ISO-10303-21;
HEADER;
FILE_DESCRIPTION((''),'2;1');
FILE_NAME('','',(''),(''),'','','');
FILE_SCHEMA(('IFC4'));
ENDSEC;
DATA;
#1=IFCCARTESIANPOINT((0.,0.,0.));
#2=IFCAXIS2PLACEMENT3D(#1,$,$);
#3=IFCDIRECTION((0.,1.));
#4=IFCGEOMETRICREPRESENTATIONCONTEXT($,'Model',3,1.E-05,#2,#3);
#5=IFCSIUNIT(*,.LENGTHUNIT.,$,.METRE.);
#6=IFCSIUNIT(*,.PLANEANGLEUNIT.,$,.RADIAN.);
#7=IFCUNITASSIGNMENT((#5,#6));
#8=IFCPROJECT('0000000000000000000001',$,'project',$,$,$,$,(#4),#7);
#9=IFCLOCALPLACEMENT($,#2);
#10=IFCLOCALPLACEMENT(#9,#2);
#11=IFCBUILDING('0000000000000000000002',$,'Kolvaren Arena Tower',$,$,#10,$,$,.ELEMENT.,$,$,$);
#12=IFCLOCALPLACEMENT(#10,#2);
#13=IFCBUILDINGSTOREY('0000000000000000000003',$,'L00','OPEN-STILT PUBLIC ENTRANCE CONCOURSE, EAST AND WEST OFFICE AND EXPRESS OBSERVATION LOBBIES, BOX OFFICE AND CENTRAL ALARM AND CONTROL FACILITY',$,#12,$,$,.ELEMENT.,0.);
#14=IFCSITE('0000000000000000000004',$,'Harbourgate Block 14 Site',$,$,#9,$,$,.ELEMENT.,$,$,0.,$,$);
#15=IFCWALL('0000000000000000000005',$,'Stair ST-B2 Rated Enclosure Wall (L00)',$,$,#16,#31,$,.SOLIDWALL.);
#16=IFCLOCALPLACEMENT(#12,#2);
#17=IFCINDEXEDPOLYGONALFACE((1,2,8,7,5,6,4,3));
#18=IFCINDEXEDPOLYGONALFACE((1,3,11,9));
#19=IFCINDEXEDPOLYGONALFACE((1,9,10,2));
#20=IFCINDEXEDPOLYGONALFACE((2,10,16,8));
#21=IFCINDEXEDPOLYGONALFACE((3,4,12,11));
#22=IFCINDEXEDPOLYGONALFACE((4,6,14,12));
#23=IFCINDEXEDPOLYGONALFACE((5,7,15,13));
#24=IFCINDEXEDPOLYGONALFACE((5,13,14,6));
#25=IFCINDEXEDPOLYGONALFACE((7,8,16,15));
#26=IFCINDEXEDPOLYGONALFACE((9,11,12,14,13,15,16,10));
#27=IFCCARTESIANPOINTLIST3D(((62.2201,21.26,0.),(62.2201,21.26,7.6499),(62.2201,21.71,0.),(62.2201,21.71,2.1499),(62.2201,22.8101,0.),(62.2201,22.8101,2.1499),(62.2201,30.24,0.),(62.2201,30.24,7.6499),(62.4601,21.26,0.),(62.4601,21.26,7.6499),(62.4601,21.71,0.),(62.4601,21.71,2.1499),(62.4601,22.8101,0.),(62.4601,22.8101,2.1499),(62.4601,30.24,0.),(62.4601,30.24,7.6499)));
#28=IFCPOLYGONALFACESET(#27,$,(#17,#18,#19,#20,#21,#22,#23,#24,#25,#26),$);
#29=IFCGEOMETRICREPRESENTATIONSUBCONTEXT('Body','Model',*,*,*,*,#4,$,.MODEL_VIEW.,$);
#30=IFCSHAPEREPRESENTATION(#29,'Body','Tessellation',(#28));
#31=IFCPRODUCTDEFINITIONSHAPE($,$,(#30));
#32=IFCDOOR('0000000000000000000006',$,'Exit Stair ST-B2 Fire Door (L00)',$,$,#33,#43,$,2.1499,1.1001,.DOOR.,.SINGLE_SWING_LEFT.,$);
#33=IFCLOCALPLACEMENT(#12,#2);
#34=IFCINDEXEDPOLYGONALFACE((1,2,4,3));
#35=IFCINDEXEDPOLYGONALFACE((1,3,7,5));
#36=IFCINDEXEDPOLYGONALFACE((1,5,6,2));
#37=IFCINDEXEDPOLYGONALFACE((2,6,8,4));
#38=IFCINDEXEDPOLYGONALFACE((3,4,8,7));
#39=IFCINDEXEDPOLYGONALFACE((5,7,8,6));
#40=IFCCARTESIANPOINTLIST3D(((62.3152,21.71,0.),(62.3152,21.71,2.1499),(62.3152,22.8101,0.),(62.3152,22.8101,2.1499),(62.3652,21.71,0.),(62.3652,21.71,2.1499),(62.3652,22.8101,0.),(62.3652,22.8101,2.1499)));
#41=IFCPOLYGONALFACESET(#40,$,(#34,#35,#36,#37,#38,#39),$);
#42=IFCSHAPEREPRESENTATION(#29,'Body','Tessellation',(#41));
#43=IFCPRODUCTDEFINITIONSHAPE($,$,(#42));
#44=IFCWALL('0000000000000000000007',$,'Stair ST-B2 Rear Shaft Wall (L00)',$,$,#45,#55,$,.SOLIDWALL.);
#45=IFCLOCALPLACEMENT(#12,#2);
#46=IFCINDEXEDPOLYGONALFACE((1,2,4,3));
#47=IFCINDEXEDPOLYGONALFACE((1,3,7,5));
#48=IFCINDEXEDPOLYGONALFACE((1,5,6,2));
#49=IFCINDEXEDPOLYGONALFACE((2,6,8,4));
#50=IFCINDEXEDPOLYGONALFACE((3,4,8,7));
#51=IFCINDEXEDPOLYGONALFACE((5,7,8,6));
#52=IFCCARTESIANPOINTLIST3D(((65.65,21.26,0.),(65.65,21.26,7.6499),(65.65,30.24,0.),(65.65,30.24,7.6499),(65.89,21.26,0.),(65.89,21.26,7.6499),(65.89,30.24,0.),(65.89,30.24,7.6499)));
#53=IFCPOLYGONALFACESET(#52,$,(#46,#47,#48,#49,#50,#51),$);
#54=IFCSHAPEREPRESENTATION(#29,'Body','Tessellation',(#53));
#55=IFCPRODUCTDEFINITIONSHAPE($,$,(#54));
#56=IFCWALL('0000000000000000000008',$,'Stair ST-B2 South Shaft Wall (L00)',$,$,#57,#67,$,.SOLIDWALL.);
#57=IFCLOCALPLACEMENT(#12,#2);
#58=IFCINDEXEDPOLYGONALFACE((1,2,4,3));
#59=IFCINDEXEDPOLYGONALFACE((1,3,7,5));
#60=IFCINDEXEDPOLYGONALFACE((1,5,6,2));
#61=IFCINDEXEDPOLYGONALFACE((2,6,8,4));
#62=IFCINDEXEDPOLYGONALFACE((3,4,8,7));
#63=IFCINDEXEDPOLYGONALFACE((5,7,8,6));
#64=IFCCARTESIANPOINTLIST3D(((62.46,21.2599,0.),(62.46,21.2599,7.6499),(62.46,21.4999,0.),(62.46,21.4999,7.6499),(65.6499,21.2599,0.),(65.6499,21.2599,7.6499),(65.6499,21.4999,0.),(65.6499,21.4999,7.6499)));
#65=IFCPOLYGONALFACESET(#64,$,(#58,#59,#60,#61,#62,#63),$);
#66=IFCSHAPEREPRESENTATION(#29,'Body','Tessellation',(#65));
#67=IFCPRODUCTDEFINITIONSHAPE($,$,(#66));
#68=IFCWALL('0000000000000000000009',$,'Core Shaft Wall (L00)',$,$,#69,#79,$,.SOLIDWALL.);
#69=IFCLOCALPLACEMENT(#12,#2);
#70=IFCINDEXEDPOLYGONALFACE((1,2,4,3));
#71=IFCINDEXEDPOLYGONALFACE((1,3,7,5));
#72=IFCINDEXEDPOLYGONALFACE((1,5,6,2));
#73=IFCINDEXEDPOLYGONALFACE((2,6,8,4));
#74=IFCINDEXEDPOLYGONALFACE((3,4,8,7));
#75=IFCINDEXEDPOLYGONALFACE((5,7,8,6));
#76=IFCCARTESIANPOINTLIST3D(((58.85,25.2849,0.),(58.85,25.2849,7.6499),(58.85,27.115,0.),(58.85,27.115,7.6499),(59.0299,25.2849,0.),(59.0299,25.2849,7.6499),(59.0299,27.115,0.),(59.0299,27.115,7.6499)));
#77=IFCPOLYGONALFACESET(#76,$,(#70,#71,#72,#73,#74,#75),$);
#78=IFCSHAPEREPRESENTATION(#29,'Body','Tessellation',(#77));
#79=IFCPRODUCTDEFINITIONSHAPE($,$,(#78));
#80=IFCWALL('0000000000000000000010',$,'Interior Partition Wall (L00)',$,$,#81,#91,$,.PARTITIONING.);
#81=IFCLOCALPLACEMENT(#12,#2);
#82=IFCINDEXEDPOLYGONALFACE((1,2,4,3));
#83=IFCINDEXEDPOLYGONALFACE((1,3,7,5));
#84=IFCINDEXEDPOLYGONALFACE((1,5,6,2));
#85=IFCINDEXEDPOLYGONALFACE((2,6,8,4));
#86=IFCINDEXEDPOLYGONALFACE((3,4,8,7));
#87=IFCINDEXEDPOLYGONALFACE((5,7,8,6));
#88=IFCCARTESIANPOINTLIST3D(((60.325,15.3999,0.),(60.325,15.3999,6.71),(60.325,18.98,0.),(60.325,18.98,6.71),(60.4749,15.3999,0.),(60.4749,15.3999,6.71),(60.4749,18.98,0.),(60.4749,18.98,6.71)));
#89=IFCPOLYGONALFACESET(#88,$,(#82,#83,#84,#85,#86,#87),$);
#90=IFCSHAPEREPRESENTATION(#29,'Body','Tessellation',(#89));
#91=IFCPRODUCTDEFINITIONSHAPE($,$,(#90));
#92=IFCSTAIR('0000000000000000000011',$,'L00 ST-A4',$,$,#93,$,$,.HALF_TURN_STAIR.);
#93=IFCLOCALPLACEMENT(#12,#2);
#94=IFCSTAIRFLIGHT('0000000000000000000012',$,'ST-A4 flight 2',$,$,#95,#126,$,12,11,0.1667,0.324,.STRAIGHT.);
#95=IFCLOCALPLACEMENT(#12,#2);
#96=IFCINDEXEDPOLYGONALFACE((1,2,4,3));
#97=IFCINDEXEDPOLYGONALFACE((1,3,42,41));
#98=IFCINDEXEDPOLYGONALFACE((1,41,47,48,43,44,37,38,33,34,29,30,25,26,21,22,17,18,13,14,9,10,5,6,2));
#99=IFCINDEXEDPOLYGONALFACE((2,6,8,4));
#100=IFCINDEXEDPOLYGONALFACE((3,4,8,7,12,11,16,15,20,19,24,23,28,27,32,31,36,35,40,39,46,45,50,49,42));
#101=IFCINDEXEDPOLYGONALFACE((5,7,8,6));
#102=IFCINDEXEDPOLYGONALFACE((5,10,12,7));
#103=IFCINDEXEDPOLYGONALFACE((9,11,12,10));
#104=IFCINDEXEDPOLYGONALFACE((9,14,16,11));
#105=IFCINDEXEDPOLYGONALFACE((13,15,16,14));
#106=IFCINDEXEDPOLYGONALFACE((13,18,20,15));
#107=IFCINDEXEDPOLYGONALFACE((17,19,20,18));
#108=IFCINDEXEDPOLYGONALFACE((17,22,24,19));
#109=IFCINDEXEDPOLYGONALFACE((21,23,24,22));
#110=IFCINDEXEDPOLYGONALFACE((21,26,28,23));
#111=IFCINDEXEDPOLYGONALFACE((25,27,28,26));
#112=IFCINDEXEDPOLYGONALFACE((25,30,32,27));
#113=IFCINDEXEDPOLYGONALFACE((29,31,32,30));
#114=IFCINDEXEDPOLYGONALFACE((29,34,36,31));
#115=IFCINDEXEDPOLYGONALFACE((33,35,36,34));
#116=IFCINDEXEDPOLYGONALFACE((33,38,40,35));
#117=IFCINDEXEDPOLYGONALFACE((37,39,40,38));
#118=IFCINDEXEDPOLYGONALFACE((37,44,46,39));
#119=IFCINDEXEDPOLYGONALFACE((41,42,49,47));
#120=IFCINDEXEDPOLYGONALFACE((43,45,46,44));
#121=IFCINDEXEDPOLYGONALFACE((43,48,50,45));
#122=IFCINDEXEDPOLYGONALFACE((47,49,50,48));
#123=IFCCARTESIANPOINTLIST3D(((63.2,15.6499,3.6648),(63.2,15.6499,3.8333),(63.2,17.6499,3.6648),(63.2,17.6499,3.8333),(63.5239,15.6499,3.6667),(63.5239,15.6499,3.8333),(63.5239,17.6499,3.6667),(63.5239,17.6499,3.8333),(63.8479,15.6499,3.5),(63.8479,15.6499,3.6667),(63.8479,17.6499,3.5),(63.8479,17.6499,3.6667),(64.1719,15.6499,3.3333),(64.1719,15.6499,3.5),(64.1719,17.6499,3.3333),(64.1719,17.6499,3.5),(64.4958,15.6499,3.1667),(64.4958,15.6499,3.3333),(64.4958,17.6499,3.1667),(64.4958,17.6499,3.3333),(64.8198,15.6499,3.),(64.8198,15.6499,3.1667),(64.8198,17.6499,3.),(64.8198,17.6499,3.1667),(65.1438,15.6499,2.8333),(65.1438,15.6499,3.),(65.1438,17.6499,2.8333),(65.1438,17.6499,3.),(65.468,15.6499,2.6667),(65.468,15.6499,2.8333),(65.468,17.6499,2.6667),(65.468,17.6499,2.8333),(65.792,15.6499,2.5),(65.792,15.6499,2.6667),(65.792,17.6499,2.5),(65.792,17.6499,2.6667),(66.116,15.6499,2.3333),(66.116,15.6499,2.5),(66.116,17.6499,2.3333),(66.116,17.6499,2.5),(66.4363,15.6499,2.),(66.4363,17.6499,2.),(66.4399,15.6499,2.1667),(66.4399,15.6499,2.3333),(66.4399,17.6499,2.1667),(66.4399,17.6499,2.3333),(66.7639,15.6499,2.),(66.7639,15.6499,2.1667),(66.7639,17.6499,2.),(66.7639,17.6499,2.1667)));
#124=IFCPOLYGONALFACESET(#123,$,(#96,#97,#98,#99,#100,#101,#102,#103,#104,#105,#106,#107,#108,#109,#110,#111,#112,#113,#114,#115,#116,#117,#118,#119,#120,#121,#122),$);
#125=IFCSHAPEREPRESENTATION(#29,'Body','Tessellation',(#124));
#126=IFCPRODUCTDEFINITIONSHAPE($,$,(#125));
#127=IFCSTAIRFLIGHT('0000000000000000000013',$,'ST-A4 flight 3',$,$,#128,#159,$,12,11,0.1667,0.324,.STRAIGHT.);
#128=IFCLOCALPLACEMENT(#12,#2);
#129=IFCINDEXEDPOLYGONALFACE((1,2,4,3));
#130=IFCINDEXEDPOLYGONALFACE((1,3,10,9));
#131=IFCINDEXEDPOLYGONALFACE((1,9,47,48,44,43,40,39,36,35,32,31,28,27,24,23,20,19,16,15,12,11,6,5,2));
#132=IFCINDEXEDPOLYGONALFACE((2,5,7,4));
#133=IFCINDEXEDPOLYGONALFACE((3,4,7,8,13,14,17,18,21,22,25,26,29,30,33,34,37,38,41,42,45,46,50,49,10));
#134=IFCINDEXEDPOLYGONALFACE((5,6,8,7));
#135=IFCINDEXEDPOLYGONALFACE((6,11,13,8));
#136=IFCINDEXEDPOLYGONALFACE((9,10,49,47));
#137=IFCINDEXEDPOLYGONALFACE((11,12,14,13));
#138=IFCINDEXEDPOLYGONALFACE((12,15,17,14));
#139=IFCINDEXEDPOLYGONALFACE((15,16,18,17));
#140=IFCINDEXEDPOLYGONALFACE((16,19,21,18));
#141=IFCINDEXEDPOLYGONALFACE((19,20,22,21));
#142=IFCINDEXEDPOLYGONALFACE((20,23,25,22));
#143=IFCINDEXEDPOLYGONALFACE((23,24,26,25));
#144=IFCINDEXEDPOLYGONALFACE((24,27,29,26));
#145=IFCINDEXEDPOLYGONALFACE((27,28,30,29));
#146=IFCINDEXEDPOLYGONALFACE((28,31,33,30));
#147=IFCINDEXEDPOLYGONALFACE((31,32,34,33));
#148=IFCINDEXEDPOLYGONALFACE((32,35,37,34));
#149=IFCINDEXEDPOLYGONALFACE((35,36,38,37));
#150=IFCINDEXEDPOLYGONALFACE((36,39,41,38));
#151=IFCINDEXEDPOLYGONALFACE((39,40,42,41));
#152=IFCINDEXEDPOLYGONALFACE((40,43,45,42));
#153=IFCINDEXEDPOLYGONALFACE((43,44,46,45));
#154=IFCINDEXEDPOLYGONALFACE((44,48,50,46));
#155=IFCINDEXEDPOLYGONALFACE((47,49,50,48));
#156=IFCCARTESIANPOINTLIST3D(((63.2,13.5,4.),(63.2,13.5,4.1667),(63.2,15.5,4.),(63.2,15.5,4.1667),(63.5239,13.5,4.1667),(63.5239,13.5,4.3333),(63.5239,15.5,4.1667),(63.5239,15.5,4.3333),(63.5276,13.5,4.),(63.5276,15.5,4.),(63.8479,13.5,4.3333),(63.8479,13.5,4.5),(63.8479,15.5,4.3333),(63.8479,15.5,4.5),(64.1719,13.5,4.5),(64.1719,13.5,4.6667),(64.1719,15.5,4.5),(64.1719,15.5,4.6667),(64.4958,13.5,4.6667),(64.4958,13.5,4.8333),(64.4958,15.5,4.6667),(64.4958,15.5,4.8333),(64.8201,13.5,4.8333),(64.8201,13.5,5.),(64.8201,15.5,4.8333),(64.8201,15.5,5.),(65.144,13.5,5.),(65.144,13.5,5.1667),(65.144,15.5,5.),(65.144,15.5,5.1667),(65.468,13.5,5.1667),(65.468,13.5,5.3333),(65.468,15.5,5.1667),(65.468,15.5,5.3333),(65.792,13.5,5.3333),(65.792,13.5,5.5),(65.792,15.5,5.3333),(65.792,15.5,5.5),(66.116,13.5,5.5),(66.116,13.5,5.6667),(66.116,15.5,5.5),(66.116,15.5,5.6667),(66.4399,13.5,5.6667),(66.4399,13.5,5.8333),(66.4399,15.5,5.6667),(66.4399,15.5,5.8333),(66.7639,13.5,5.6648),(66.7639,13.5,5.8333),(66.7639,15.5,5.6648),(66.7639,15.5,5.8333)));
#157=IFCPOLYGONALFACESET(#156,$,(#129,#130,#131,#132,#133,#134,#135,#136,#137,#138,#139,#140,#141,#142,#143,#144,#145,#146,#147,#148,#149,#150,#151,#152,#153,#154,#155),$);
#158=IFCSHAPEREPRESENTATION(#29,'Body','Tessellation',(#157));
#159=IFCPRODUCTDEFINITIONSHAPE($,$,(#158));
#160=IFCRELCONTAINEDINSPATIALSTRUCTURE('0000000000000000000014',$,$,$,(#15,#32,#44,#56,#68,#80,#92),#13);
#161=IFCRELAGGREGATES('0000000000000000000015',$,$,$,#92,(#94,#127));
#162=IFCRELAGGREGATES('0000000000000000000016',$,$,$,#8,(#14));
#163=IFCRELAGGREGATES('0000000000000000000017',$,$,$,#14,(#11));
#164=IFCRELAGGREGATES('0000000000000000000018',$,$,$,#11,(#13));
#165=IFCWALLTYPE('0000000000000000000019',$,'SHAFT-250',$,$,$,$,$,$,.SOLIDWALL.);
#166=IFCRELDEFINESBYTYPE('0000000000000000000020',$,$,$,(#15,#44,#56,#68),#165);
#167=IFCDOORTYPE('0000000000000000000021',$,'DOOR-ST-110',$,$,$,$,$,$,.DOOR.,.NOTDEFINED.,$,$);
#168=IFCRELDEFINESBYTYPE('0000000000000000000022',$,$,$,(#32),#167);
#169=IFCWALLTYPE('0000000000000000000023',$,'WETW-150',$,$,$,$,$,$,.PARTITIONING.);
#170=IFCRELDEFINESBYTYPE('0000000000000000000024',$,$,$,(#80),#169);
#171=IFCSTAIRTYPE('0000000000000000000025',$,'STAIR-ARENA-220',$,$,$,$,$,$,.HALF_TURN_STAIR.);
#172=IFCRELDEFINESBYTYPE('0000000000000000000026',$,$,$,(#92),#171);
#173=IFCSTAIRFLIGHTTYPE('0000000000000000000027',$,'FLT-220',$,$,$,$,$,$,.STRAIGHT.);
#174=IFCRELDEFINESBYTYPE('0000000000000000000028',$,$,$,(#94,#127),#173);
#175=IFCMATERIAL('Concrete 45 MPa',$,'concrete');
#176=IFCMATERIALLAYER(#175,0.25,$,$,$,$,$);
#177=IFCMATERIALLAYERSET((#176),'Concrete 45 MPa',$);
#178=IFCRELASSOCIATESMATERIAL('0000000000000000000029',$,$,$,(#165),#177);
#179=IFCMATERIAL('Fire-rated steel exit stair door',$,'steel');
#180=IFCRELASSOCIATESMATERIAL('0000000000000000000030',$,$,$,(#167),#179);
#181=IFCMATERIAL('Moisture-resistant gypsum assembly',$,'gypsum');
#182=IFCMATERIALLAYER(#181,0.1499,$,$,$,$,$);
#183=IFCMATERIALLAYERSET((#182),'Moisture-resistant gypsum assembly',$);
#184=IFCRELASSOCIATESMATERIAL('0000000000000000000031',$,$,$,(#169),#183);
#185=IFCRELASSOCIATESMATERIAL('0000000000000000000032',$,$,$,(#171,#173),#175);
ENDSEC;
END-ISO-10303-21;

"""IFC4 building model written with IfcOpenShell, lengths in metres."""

from ifc_helpers import new_model, si_unit, direction, frame, frame_2d, origin, place, context, subcontext, project, spatial, polyline, rectangle, outline, extrude, material, layer, layer_set, type_object, element, fill, aggregate, save


model = new_model("IFC4")

# Units and contexts
model_context = context("Model", 3, precision=1e-05, world=origin(), true_north=direction((0.0, 1.0)))
body_context = subcontext(model_context, "Body", "Model", "MODEL_VIEW")
ifc_project = project(units=[si_unit("LENGTHUNIT", "METRE"), si_unit("PLANEANGLEUNIT", "RADIAN")], contexts=[model_context])

# Site, building, storey
site_placement = place(None, origin())
site = spatial("IfcSite", under=ifc_project, at=site_placement, Name="Harbourgate Block 14 Site", CompositionType="ELEMENT", RefElevation=0.0)
building_placement = place(site_placement, origin())
building = spatial("IfcBuilding", under=site, at=building_placement, Name="Kolvaren Arena Tower", CompositionType="ELEMENT")
storey_placement = place(building_placement, origin())
storey = spatial("IfcBuildingStorey", under=building, at=storey_placement, Name="L00", Description="OPEN-STILT PUBLIC ENTRANCE CONCOURSE, EAST AND WEST OFFICE AND EXPRESS OBSERVATION LOBBIES, BOX OFFICE AND CENTRAL ALARM AND CONTROL FACILITY", CompositionType="ELEMENT", Elevation=0.0)

# Wall, opening, door
ifc_material_1 = material(Name="Concrete 45 MPa", Category="concrete")
ifc_layer_1 = layer(ifc_material_1, 0.25)
ifc_layer_set_1 = layer_set([ifc_layer_1], Name="Concrete 45 MPa")
wall_type_1 = type_object("IfcWallType", Name="SHAFT-250", PredefinedType="SOLIDWALL", material=ifc_layer_set_1)
ifc_material_2 = material(Name="Fire-rated steel exit stair door", Category="steel")
door_type = type_object("IfcDoorType", Name="DOOR-ST-110", OperationType="NOTDEFINED", PredefinedType="DOOR", material=ifc_material_2)
wall_1_placement = place(storey_placement, frame((62.3401, 21.26, 0.0), z_axis=(0.0, 0.0, 1.0), x_axis=(0.0, 1.0, 0.0)))
wall_1 = element("IfcWall", 1, at=wall_1_placement, inside=storey, type_object=wall_type_1, Name="Stair ST-B2 Rated Enclosure Wall (L00)", PredefinedType="SOLIDWALL", context=body_context, shape_type="SweptSolid", body=[
    extrude(rectangle(XDim=8.98, YDim=0.24, at=frame_2d((4.49, 0.0))), origin(), (0.0, 0.0, 1.0), 7.6499),
])
opening_1_placement = place(wall_1_placement, frame((0.45, 0.0, 0.0)))
opening_1 = element("IfcOpeningElement", 2, at=opening_1_placement, cuts=wall_1, PredefinedType="OPENING", context=body_context, shape_type="SweptSolid", body=[
    extrude(rectangle(XDim=1.1001, YDim=2.1499, at=frame_2d((0.55, 1.075))), frame((0.0, 0.1299, 0.0), z_axis=(0.0, -1.0, 0.0), x_axis=(1.0, 0.0, 0.0)), (0.0, 0.0, 1.0), 0.26),
])
door_1_placement = place(opening_1_placement, origin())
door_1 = element("IfcDoor", 3, at=door_1_placement, inside=storey, type_object=door_type, Name="Exit Stair ST-B2 Fire Door (L00)", OperationType="SINGLE_SWING_LEFT", OverallHeight=2.1499, OverallWidth=1.1001, PredefinedType="DOOR", context=body_context, shape_type="SweptSolid", body=[
    extrude(rectangle(XDim=1.1001, YDim=2.1499, at=frame_2d((0.55, 1.075))), frame((0.0, 0.0249, 0.0), z_axis=(0.0, -1.0, 0.0), x_axis=(1.0, 0.0, 0.0)), (0.0, 0.0, 1.0), 0.05),
])
fill(opening_1, door_1)

# Walls
wall_2_placement = place(storey_placement, frame((65.77, 21.26, 0.0), z_axis=(0.0, 0.0, 1.0), x_axis=(0.0, 1.0, 0.0)))
element("IfcWall", 4, at=wall_2_placement, inside=storey, type_object=wall_type_1, Name="Stair ST-B2 Rear Shaft Wall (L00)", PredefinedType="SOLIDWALL", context=body_context, shape_type="SweptSolid", body=[
    extrude(rectangle(XDim=8.98, YDim=0.24, at=frame_2d((4.49, 0.0))), origin(), (0.0, 0.0, 1.0), 7.6499),
])
wall_3_placement = place(storey_placement, frame((62.46, 21.3799, 0.0), z_axis=(0.0, 0.0, 1.0), x_axis=(1.0, 0.0, 0.0)))
element("IfcWall", 5, at=wall_3_placement, inside=storey, type_object=wall_type_1, Name="Stair ST-B2 South Shaft Wall (L00)", PredefinedType="SOLIDWALL", context=body_context, shape_type="SweptSolid", body=[
    extrude(rectangle(XDim=3.1899, YDim=0.24, at=frame_2d((1.595, 0.0))), origin(), (0.0, 0.0, 1.0), 7.6499),
])
wall_4_placement = place(storey_placement, frame((58.9399, 25.2849, 0.0), z_axis=(0.0, 0.0, 1.0), x_axis=(0.0, 1.0, 0.0)))
element("IfcWall", 6, at=wall_4_placement, inside=storey, type_object=wall_type_1, Name="Core Shaft Wall (L00)", PredefinedType="SOLIDWALL", context=body_context, shape_type="SweptSolid", body=[
    extrude(rectangle(XDim=1.8301, YDim=0.1799, at=frame_2d((0.915, 0.0))), origin(), (0.0, 0.0, 1.0), 7.6499),
])
ifc_material_3 = material(Name="Moisture-resistant gypsum assembly", Category="gypsum")
ifc_layer_2 = layer(ifc_material_3, 0.1499)
ifc_layer_set_2 = layer_set([ifc_layer_2], Name="Moisture-resistant gypsum assembly")
wall_type_2 = type_object("IfcWallType", Name="WETW-150", PredefinedType="PARTITIONING", material=ifc_layer_set_2)
wall_5_placement = place(storey_placement, frame((60.3999, 15.3999, 0.0), z_axis=(0.0, 0.0, 1.0), x_axis=(0.0, 1.0, 0.0)))
element("IfcWall", 7, at=wall_5_placement, inside=storey, type_object=wall_type_2, Name="Interior Partition Wall (L00)", PredefinedType="PARTITIONING", context=body_context, shape_type="SweptSolid", body=[
    extrude(rectangle(XDim=3.5801, YDim=0.1499, at=frame_2d((1.79, 0.0))), origin(), (0.0, 0.0, 1.0), 6.71),
])

# Stair, stair flights
stair_type = type_object("IfcStairType", Name="STAIR-ARENA-220", PredefinedType="HALF_TURN_STAIR", material=ifc_material_1)
stair_placement = place(storey_placement, origin())
stair = element("IfcStair", 8, at=stair_placement, inside=storey, type_object=stair_type, Name="L00 ST-A4", PredefinedType="HALF_TURN_STAIR")
stair_flight_type = type_object("IfcStairFlightType", Name="FLT-220", PredefinedType="STRAIGHT", material=ifc_material_1)
stair_flight_1_placement = place(storey_placement, frame((66.7639, 16.6499, 2.0), z_axis=(0.0, 0.0, 1.0), x_axis=(-1.0, 0.0, 0.0)))
stair_flight_1 = element("IfcStairFlight", 9, at=stair_flight_1_placement, type_object=stair_flight_type, Name="ST-A4 flight 2", NumberOfRisers=12, NumberOfTreads=11, PredefinedType="STRAIGHT", RiserHeight=0.1667, TreadLength=0.324, context=body_context, shape_type="SweptSolid", body=[
    extrude(outline(polyline([(0.0, 0.0), (0.0, 0.1667), (0.324, 0.1667), (0.324, 0.3333), (0.6479, 0.3333), (0.6479, 0.5), (0.9719, 0.5), (0.9719, 0.6667), (1.2959, 0.6667), (1.2959, 0.8333), (1.6201, 0.8333), (1.6201, 1.0), (1.9441, 1.0), (1.9441, 1.1667), (2.2681, 1.1667), (2.2681, 1.3333), (2.592, 1.3333), (2.592, 1.5), (2.916, 1.5), (2.916, 1.6667), (3.24, 1.6667), (3.24, 1.8333), (3.564, 1.8333), (3.564, 2.0), (3.564, 1.6648), (0.3276, 0.0), (0.0, 0.0)])), frame((0.0, 1.0, 0.0), z_axis=(0.0, -1.0, 0.0), x_axis=(1.0, 0.0, 0.0)), (0.0, 0.0, 1.0), 2.0),
])
stair_flight_2_placement = place(storey_placement, frame((63.2, 14.5, 4.0), z_axis=(0.0, 0.0, 1.0), x_axis=(1.0, 0.0, 0.0)))
stair_flight_2 = element("IfcStairFlight", 10, at=stair_flight_2_placement, type_object=stair_flight_type, Name="ST-A4 flight 3", NumberOfRisers=12, NumberOfTreads=11, PredefinedType="STRAIGHT", RiserHeight=0.1667, TreadLength=0.324, context=body_context, shape_type="SweptSolid", body=[
    extrude(outline(polyline([(0.0, 0.0), (0.0, 0.1667), (0.324, 0.1667), (0.324, 0.3333), (0.6479, 0.3333), (0.6479, 0.5), (0.9719, 0.5), (0.9719, 0.6667), (1.2959, 0.6667), (1.2959, 0.8333), (1.6201, 0.8333), (1.6201, 1.0), (1.9441, 1.0), (1.9441, 1.1667), (2.2681, 1.1667), (2.2681, 1.3333), (2.592, 1.3333), (2.592, 1.5), (2.916, 1.5), (2.916, 1.6667), (3.24, 1.6667), (3.24, 1.8333), (3.564, 1.8333), (3.564, 2.0), (3.564, 1.6648), (0.3276, 0.0), (0.0, 0.0)])), frame((0.0, 1.0, 0.0), z_axis=(0.0, -1.0, 0.0), x_axis=(1.0, 0.0, 0.0)), (0.0, 0.0, 1.0), 2.0),
])
aggregate(stair, [stair_flight_1, stair_flight_2])

save(model, "model.ifc")
